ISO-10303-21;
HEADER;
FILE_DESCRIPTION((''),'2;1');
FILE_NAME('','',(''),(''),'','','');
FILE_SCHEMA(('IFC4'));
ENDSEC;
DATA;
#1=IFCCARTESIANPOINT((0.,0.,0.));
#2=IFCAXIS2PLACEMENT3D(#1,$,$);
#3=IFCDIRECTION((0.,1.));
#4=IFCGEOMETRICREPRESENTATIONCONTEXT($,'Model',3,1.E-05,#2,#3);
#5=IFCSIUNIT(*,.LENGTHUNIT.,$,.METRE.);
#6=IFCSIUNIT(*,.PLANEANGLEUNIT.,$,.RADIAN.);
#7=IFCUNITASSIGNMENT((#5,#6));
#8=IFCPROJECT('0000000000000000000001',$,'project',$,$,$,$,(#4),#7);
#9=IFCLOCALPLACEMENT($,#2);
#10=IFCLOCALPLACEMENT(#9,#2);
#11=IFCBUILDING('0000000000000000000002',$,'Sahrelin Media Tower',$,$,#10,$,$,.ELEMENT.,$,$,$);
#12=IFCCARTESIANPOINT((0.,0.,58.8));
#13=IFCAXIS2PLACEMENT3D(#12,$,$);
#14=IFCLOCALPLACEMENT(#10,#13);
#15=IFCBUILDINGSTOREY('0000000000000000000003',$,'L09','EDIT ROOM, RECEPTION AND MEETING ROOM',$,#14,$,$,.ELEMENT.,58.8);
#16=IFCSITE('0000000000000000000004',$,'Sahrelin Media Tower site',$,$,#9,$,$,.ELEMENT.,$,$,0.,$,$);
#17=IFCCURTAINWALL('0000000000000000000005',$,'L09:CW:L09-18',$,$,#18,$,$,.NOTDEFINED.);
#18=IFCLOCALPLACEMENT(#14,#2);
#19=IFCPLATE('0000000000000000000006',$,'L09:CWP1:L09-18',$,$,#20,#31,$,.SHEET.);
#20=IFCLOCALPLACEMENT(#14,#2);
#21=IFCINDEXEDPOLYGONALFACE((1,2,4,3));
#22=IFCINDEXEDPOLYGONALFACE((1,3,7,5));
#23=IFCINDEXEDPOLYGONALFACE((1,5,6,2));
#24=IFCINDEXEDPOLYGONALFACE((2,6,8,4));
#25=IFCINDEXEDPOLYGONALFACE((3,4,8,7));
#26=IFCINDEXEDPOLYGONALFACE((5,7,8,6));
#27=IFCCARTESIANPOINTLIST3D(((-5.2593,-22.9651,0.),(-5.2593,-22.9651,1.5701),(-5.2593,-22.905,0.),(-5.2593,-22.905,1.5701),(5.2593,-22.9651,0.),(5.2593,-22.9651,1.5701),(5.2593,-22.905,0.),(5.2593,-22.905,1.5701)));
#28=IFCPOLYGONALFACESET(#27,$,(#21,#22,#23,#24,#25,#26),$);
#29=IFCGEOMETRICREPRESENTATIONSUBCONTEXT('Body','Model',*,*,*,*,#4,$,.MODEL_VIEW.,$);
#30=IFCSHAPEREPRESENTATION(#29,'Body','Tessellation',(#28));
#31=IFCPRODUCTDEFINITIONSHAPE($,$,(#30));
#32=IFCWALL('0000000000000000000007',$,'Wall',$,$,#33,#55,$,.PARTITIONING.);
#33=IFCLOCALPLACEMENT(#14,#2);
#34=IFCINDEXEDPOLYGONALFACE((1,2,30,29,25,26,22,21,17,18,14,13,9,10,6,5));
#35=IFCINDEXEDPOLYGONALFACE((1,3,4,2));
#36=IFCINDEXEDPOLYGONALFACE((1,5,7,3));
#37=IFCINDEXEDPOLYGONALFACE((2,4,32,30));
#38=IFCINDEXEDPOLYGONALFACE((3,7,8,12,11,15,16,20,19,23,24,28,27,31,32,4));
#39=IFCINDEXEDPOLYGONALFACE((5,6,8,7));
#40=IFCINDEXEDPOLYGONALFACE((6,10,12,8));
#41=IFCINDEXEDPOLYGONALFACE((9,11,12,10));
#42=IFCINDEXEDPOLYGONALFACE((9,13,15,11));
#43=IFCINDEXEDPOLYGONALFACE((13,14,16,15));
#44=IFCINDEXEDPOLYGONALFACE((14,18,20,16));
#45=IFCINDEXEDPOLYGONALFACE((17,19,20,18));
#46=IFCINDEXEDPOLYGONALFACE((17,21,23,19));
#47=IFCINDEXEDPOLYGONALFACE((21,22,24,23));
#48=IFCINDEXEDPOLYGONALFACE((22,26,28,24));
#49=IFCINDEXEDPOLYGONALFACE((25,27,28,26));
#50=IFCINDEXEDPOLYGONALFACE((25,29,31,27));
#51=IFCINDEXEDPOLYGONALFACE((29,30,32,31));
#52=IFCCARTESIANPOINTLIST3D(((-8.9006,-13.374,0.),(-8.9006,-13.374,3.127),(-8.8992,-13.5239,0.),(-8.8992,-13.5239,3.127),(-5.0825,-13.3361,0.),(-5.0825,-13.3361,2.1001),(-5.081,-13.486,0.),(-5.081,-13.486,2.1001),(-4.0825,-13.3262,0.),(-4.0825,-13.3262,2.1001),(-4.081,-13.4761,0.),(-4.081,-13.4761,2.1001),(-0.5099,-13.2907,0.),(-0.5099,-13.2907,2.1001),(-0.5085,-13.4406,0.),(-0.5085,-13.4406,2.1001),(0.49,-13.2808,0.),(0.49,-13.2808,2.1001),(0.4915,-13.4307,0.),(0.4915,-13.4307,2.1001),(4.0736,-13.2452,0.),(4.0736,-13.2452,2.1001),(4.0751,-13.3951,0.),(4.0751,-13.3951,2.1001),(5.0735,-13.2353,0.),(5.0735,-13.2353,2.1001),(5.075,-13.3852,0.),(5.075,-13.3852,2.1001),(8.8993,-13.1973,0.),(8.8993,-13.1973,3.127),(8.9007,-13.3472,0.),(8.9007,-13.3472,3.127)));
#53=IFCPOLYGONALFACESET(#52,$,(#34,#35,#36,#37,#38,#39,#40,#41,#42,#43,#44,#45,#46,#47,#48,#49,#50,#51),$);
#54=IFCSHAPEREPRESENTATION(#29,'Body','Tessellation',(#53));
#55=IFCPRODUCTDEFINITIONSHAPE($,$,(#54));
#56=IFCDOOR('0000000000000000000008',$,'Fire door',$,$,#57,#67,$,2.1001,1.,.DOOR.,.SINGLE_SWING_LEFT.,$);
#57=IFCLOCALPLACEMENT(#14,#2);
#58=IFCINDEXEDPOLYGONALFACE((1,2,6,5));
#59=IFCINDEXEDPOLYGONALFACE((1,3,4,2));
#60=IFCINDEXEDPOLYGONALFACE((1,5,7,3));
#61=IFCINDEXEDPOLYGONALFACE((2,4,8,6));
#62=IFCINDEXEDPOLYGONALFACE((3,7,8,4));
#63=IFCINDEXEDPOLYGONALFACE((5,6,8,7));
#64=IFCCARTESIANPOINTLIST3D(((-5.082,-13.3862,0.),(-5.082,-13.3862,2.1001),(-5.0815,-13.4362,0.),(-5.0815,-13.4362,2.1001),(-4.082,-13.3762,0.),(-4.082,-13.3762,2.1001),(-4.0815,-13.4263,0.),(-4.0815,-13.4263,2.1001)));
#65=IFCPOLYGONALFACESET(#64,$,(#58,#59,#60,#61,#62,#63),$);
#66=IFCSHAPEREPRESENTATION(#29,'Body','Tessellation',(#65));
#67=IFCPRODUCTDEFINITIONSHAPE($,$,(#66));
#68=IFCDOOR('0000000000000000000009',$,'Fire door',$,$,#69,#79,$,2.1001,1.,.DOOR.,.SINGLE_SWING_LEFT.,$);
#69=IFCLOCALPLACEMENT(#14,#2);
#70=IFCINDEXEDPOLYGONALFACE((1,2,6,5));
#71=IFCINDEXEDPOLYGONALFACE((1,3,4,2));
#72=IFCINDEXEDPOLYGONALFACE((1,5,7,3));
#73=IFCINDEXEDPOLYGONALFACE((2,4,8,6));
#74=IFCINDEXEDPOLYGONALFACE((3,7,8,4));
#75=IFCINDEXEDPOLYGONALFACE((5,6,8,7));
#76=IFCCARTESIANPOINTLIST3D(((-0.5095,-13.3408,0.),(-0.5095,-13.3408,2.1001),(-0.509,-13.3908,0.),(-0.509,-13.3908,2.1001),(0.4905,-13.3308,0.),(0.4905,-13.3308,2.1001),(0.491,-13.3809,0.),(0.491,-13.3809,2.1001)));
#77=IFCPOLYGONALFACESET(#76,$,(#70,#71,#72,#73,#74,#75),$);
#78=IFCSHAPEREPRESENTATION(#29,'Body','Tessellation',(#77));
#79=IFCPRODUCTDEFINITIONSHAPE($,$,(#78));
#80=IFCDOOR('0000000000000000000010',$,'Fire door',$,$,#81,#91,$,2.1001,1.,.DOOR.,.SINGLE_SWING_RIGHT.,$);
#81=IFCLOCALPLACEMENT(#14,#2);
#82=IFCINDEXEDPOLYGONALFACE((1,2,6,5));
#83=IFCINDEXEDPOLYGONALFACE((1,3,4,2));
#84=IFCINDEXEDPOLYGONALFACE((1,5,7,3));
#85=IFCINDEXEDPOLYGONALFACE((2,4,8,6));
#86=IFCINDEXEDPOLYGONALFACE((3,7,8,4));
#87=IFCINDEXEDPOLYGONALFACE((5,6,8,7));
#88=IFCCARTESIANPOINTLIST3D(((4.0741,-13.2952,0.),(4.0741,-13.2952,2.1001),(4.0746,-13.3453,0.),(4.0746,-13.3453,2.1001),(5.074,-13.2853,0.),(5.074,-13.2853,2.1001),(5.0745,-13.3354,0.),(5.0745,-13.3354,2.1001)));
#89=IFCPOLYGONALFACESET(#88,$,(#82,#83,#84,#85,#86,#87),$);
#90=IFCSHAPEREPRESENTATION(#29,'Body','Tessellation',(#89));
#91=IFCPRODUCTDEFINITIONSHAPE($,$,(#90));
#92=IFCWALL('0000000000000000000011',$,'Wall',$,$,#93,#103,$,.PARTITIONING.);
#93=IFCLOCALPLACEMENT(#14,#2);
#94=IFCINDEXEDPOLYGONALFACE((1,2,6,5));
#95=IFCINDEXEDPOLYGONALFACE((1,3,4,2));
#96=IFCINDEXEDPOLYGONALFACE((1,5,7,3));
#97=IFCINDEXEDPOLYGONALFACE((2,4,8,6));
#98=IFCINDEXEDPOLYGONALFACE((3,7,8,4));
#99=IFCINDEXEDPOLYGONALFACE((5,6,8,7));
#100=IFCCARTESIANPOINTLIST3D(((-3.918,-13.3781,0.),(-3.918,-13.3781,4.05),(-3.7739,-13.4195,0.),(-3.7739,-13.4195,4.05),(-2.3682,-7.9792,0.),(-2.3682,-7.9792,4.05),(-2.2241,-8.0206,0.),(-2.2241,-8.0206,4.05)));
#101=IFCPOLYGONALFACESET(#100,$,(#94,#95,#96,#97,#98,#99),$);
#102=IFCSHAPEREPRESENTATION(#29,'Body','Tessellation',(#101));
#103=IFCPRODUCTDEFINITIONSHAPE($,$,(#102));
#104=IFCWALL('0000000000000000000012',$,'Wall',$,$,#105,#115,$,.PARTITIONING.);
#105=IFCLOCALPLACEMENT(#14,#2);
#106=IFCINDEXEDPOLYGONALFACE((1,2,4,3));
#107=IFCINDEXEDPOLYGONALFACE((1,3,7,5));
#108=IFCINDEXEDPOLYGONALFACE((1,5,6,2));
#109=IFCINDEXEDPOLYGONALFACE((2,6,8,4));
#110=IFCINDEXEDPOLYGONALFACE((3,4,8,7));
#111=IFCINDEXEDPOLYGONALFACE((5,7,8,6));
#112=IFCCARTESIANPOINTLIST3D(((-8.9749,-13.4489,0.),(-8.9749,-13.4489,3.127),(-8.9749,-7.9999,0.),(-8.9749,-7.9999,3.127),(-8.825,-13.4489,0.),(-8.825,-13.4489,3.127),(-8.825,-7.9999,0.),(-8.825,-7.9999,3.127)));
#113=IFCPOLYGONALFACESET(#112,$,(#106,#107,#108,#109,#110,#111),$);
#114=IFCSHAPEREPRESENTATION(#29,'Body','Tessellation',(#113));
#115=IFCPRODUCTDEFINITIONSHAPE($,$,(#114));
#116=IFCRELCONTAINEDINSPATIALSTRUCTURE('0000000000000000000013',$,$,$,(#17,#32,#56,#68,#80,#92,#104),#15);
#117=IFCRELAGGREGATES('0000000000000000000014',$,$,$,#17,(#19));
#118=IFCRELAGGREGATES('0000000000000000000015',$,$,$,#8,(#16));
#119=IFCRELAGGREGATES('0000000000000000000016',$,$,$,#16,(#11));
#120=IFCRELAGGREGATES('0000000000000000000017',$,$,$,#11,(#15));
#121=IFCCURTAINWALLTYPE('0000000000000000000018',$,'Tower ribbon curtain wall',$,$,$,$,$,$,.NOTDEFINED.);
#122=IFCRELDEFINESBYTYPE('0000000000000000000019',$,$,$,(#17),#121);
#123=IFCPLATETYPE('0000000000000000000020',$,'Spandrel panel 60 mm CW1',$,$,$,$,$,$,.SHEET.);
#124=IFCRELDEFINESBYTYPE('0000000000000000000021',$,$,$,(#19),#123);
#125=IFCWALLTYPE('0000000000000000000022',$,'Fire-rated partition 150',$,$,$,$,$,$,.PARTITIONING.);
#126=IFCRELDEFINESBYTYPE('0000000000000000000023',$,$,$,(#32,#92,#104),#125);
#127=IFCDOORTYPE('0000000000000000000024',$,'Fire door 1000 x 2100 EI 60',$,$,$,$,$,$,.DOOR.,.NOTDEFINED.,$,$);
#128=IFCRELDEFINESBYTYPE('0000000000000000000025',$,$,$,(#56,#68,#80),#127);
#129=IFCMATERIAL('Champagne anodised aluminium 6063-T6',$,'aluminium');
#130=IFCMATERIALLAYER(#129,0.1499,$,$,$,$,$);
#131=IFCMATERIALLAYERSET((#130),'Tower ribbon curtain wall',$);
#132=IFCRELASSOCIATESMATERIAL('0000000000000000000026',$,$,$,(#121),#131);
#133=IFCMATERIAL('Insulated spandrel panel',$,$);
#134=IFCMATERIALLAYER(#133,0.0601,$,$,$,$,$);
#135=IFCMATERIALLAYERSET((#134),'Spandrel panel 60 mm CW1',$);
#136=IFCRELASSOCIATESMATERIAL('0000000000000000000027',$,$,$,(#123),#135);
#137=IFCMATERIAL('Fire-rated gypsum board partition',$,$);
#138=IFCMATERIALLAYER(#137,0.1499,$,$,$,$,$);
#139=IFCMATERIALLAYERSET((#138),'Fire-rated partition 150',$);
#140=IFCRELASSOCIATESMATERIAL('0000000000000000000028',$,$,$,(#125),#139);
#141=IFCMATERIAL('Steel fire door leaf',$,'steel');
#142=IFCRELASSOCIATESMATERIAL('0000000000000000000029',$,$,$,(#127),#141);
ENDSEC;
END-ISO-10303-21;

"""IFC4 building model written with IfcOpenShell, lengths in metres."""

from ifc_helpers import new_model, si_unit, direction, frame, frame_2d, origin, place, context, subcontext, project, spatial, polyline, rectangle, outline, extrude, material, layer, layer_set, type_object, element, fill, aggregate, save


model = new_model("IFC4")

# Units and contexts
model_context = context("Model", 3, precision=1e-05, world=origin(), true_north=direction((0.0, 1.0)))
body_context = subcontext(model_context, "Body", "Model", "MODEL_VIEW")
ifc_project = project(units=[si_unit("LENGTHUNIT", "METRE"), si_unit("PLANEANGLEUNIT", "RADIAN")], contexts=[model_context])

# Site, building, storey
site_placement = place(None, origin())
site = spatial("IfcSite", under=ifc_project, at=site_placement, Name="Sahrelin Media Tower site", CompositionType="ELEMENT", RefElevation=0.0)
building_placement = place(site_placement, origin())
building = spatial("IfcBuilding", under=site, at=building_placement, Name="Sahrelin Media Tower", CompositionType="ELEMENT")
storey_placement = place(building_placement, frame((0.0, 0.0, 58.8)))
storey = spatial("IfcBuildingStorey", under=building, at=storey_placement, Name="L09", Description="EDIT ROOM, RECEPTION AND MEETING ROOM", CompositionType="ELEMENT", Elevation=58.8)

# Shared definitions
ifc_material_1 = material(Name="Champagne anodised aluminium 6063-T6", Category="aluminium")
ifc_layer_1 = layer(ifc_material_1, 0.1499)
ifc_layer_set_1 = layer_set([ifc_layer_1], Name="Tower ribbon curtain wall")
curtain_wall_type = type_object("IfcCurtainWallType", Name="Tower ribbon curtain wall", PredefinedType="NOTDEFINED", material=ifc_layer_set_1)

# Curtain wall, plate
curtain_wall_1_placement = place(storey_placement, frame((0.0, -22.9451, 0.0), z_axis=(0.0, 0.0, 1.0), x_axis=(1.0, 0.0, 0.0)))
curtain_wall_1 = element("IfcCurtainWall", 1, at=curtain_wall_1_placement, inside=storey, type_object=curtain_wall_type, Name="L09:CW:L09-18", PredefinedType="NOTDEFINED")
ifc_material_2 = material(Name="Insulated spandrel panel")
ifc_layer_2 = layer(ifc_material_2, 0.0601)
ifc_layer_set_2 = layer_set([ifc_layer_2], Name="Spandrel panel 60 mm CW1")
plate_type_1 = type_object("IfcPlateType", Name="Spandrel panel 60 mm CW1", PredefinedType="SHEET", material=ifc_layer_set_2)
plate_1_placement = place(storey_placement, frame((-5.2593, -22.9651, 0.0), z_axis=(0.0, -1.0, 0.0), x_axis=(1.0, 0.0, 0.0)))
plate_1 = element("IfcPlate", 2, at=plate_1_placement, type_object=plate_type_1, Name="L09:CWP1:L09-18", PredefinedType="SHEET", context=body_context, shape_type="SweptSolid", body=[
    extrude(outline(polyline([(0.0, 0.0), (10.5186, 0.0), (10.5186, 1.5701), (0.0, 1.5701), (0.0, 0.0)])), origin(), (0.0, 0.0, -1.0), 0.0601),
])
aggregate(curtain_wall_1, [plate_1])

# Wall, openings, doors
ifc_material_3 = material(Name="Fire-rated gypsum board partition")
ifc_layer_3 = layer(ifc_material_3, 0.1499)
ifc_layer_set_3 = layer_set([ifc_layer_3], Name="Fire-rated partition 150")
wall_type = type_object("IfcWallType", Name="Fire-rated partition 150", PredefinedType="PARTITIONING", material=ifc_layer_set_3)
wall_1_placement = place(storey_placement, frame((-8.8999, -13.449, 0.0), z_axis=(0.0, 0.0, 1.0), x_axis=(0.999951, 0.00993, 0.0)))
wall_1 = element("IfcWall", 3, at=wall_1_placement, inside=storey, type_object=wall_type, Name="Wall", PredefinedType="PARTITIONING", context=body_context, shape_type="SweptSolid", body=[
    extrude(rectangle(XDim=17.8008, YDim=0.1499, at=frame_2d((8.9004, 0.0))), origin(), (0.0, 0.0, 1.0), 3.127),
])
opening_1_placement = place(wall_1_placement, frame((3.8184, 0.0, 0.0)))
opening_1 = element("IfcOpeningElement", 4, at=opening_1_placement, cuts=wall_1, PredefinedType="OPENING", context=body_context, shape_type="SweptSolid", body=[
    extrude(rectangle(XDim=1.0, YDim=2.1001, at=frame_2d((0.5, 1.05))), frame((0.0, 0.075, 0.0), z_axis=(0.0, -1.0, 0.0), x_axis=(1.0, 0.0, 0.0)), (0.0, 0.0, 1.0), 0.1499),
])
opening_2_placement = place(wall_1_placement, frame((8.3911, 0.0, 0.0)))
opening_2 = element("IfcOpeningElement", 5, at=opening_2_placement, cuts=wall_1, PredefinedType="OPENING", context=body_context, shape_type="SweptSolid", body=[
    extrude(rectangle(XDim=1.0, YDim=2.1001, at=frame_2d((0.5, 1.05))), frame((0.0, 0.075, 0.0), z_axis=(0.0, -1.0, 0.0), x_axis=(1.0, 0.0, 0.0)), (0.0, 0.0, 1.0), 0.1499),
])
opening_3_placement = place(wall_1_placement, frame((12.9749, 0.0, 0.0)))
opening_3 = element("IfcOpeningElement", 6, at=opening_3_placement, cuts=wall_1, PredefinedType="OPENING", context=body_context, shape_type="SweptSolid", body=[
    extrude(rectangle(XDim=1.0, YDim=2.1001, at=frame_2d((0.5, 1.05))), frame((0.0, 0.075, 0.0), z_axis=(0.0, -1.0, 0.0), x_axis=(1.0, 0.0, 0.0)), (0.0, 0.0, 1.0), 0.1499),
])
ifc_material_4 = material(Name="Steel fire door leaf", Category="steel")
door_type = type_object("IfcDoorType", Name="Fire door 1000 x 2100 EI 60", OperationType="NOTDEFINED", PredefinedType="DOOR", material=ifc_material_4)
door_1_placement = place(opening_1_placement, origin())
door_1 = element("IfcDoor", 7, at=door_1_placement, inside=storey, type_object=door_type, Name="Fire door", OperationType="SINGLE_SWING_LEFT", OverallHeight=2.1001, OverallWidth=1.0, PredefinedType="DOOR", context=body_context, shape_type="SweptSolid", body=[
    extrude(rectangle(XDim=1.0, YDim=2.1001, at=frame_2d((0.5, 1.05))), frame((0.0, 0.0249, 0.0), z_axis=(0.0, -1.0, 0.0), x_axis=(1.0, 0.0, 0.0)), (0.0, 0.0, 1.0), 0.05),
])
fill(opening_1, door_1)
door_2_placement = place(opening_2_placement, origin())
door_2 = element("IfcDoor", 8, at=door_2_placement, inside=storey, type_object=door_type, Name="Fire door", OperationType="SINGLE_SWING_LEFT", OverallHeight=2.1001, OverallWidth=1.0, PredefinedType="DOOR", context=body_context, shape_type="SweptSolid", body=[
    extrude(rectangle(XDim=1.0, YDim=2.1001, at=frame_2d((0.5, 1.05))), frame((0.0, 0.0249, 0.0), z_axis=(0.0, -1.0, 0.0), x_axis=(1.0, 0.0, 0.0)), (0.0, 0.0, 1.0), 0.05),
])
fill(opening_2, door_2)
door_3_placement = place(opening_3_placement, origin())
door_3 = element("IfcDoor", 9, at=door_3_placement, inside=storey, type_object=door_type, Name="Fire door", OperationType="SINGLE_SWING_RIGHT", OverallHeight=2.1001, OverallWidth=1.0, PredefinedType="DOOR", context=body_context, shape_type="SweptSolid", body=[
    extrude(rectangle(XDim=1.0, YDim=2.1001, at=frame_2d((0.5, 1.05))), frame((0.0, 0.0249, 0.0), z_axis=(0.0, -1.0, 0.0), x_axis=(1.0, 0.0, 0.0)), (0.0, 0.0, 1.0), 0.05),
])
fill(opening_3, door_3)

# Walls
wall_2_placement = place(storey_placement, frame((-3.8459, -13.3989, 0.0), z_axis=(0.0, 0.0, 1.0), x_axis=(0.275915, 0.961182, 0.0)))
element("IfcWall", 10, at=wall_2_placement, inside=storey, type_object=wall_type, Name="Wall", PredefinedType="PARTITIONING", context=body_context, shape_type="SweptSolid", body=[
    extrude(rectangle(XDim=5.6169, YDim=0.1499, at=frame_2d((2.8086, 0.0))), origin(), (0.0, 0.0, 1.0), 4.05),
])
wall_3_placement = place(storey_placement, frame((-8.8999, -13.449, 0.0), z_axis=(0.0, 0.0, 1.0), x_axis=(0.0, 1.0, 0.0)))
element("IfcWall", 11, at=wall_3_placement, inside=storey, type_object=wall_type, Name="Wall", PredefinedType="PARTITIONING", context=body_context, shape_type="SweptSolid", body=[
    extrude(rectangle(XDim=5.449, YDim=0.1499, at=frame_2d((2.7246, 0.0))), origin(), (0.0, 0.0, 1.0), 3.127),
])

save(model, "model.ifc")
